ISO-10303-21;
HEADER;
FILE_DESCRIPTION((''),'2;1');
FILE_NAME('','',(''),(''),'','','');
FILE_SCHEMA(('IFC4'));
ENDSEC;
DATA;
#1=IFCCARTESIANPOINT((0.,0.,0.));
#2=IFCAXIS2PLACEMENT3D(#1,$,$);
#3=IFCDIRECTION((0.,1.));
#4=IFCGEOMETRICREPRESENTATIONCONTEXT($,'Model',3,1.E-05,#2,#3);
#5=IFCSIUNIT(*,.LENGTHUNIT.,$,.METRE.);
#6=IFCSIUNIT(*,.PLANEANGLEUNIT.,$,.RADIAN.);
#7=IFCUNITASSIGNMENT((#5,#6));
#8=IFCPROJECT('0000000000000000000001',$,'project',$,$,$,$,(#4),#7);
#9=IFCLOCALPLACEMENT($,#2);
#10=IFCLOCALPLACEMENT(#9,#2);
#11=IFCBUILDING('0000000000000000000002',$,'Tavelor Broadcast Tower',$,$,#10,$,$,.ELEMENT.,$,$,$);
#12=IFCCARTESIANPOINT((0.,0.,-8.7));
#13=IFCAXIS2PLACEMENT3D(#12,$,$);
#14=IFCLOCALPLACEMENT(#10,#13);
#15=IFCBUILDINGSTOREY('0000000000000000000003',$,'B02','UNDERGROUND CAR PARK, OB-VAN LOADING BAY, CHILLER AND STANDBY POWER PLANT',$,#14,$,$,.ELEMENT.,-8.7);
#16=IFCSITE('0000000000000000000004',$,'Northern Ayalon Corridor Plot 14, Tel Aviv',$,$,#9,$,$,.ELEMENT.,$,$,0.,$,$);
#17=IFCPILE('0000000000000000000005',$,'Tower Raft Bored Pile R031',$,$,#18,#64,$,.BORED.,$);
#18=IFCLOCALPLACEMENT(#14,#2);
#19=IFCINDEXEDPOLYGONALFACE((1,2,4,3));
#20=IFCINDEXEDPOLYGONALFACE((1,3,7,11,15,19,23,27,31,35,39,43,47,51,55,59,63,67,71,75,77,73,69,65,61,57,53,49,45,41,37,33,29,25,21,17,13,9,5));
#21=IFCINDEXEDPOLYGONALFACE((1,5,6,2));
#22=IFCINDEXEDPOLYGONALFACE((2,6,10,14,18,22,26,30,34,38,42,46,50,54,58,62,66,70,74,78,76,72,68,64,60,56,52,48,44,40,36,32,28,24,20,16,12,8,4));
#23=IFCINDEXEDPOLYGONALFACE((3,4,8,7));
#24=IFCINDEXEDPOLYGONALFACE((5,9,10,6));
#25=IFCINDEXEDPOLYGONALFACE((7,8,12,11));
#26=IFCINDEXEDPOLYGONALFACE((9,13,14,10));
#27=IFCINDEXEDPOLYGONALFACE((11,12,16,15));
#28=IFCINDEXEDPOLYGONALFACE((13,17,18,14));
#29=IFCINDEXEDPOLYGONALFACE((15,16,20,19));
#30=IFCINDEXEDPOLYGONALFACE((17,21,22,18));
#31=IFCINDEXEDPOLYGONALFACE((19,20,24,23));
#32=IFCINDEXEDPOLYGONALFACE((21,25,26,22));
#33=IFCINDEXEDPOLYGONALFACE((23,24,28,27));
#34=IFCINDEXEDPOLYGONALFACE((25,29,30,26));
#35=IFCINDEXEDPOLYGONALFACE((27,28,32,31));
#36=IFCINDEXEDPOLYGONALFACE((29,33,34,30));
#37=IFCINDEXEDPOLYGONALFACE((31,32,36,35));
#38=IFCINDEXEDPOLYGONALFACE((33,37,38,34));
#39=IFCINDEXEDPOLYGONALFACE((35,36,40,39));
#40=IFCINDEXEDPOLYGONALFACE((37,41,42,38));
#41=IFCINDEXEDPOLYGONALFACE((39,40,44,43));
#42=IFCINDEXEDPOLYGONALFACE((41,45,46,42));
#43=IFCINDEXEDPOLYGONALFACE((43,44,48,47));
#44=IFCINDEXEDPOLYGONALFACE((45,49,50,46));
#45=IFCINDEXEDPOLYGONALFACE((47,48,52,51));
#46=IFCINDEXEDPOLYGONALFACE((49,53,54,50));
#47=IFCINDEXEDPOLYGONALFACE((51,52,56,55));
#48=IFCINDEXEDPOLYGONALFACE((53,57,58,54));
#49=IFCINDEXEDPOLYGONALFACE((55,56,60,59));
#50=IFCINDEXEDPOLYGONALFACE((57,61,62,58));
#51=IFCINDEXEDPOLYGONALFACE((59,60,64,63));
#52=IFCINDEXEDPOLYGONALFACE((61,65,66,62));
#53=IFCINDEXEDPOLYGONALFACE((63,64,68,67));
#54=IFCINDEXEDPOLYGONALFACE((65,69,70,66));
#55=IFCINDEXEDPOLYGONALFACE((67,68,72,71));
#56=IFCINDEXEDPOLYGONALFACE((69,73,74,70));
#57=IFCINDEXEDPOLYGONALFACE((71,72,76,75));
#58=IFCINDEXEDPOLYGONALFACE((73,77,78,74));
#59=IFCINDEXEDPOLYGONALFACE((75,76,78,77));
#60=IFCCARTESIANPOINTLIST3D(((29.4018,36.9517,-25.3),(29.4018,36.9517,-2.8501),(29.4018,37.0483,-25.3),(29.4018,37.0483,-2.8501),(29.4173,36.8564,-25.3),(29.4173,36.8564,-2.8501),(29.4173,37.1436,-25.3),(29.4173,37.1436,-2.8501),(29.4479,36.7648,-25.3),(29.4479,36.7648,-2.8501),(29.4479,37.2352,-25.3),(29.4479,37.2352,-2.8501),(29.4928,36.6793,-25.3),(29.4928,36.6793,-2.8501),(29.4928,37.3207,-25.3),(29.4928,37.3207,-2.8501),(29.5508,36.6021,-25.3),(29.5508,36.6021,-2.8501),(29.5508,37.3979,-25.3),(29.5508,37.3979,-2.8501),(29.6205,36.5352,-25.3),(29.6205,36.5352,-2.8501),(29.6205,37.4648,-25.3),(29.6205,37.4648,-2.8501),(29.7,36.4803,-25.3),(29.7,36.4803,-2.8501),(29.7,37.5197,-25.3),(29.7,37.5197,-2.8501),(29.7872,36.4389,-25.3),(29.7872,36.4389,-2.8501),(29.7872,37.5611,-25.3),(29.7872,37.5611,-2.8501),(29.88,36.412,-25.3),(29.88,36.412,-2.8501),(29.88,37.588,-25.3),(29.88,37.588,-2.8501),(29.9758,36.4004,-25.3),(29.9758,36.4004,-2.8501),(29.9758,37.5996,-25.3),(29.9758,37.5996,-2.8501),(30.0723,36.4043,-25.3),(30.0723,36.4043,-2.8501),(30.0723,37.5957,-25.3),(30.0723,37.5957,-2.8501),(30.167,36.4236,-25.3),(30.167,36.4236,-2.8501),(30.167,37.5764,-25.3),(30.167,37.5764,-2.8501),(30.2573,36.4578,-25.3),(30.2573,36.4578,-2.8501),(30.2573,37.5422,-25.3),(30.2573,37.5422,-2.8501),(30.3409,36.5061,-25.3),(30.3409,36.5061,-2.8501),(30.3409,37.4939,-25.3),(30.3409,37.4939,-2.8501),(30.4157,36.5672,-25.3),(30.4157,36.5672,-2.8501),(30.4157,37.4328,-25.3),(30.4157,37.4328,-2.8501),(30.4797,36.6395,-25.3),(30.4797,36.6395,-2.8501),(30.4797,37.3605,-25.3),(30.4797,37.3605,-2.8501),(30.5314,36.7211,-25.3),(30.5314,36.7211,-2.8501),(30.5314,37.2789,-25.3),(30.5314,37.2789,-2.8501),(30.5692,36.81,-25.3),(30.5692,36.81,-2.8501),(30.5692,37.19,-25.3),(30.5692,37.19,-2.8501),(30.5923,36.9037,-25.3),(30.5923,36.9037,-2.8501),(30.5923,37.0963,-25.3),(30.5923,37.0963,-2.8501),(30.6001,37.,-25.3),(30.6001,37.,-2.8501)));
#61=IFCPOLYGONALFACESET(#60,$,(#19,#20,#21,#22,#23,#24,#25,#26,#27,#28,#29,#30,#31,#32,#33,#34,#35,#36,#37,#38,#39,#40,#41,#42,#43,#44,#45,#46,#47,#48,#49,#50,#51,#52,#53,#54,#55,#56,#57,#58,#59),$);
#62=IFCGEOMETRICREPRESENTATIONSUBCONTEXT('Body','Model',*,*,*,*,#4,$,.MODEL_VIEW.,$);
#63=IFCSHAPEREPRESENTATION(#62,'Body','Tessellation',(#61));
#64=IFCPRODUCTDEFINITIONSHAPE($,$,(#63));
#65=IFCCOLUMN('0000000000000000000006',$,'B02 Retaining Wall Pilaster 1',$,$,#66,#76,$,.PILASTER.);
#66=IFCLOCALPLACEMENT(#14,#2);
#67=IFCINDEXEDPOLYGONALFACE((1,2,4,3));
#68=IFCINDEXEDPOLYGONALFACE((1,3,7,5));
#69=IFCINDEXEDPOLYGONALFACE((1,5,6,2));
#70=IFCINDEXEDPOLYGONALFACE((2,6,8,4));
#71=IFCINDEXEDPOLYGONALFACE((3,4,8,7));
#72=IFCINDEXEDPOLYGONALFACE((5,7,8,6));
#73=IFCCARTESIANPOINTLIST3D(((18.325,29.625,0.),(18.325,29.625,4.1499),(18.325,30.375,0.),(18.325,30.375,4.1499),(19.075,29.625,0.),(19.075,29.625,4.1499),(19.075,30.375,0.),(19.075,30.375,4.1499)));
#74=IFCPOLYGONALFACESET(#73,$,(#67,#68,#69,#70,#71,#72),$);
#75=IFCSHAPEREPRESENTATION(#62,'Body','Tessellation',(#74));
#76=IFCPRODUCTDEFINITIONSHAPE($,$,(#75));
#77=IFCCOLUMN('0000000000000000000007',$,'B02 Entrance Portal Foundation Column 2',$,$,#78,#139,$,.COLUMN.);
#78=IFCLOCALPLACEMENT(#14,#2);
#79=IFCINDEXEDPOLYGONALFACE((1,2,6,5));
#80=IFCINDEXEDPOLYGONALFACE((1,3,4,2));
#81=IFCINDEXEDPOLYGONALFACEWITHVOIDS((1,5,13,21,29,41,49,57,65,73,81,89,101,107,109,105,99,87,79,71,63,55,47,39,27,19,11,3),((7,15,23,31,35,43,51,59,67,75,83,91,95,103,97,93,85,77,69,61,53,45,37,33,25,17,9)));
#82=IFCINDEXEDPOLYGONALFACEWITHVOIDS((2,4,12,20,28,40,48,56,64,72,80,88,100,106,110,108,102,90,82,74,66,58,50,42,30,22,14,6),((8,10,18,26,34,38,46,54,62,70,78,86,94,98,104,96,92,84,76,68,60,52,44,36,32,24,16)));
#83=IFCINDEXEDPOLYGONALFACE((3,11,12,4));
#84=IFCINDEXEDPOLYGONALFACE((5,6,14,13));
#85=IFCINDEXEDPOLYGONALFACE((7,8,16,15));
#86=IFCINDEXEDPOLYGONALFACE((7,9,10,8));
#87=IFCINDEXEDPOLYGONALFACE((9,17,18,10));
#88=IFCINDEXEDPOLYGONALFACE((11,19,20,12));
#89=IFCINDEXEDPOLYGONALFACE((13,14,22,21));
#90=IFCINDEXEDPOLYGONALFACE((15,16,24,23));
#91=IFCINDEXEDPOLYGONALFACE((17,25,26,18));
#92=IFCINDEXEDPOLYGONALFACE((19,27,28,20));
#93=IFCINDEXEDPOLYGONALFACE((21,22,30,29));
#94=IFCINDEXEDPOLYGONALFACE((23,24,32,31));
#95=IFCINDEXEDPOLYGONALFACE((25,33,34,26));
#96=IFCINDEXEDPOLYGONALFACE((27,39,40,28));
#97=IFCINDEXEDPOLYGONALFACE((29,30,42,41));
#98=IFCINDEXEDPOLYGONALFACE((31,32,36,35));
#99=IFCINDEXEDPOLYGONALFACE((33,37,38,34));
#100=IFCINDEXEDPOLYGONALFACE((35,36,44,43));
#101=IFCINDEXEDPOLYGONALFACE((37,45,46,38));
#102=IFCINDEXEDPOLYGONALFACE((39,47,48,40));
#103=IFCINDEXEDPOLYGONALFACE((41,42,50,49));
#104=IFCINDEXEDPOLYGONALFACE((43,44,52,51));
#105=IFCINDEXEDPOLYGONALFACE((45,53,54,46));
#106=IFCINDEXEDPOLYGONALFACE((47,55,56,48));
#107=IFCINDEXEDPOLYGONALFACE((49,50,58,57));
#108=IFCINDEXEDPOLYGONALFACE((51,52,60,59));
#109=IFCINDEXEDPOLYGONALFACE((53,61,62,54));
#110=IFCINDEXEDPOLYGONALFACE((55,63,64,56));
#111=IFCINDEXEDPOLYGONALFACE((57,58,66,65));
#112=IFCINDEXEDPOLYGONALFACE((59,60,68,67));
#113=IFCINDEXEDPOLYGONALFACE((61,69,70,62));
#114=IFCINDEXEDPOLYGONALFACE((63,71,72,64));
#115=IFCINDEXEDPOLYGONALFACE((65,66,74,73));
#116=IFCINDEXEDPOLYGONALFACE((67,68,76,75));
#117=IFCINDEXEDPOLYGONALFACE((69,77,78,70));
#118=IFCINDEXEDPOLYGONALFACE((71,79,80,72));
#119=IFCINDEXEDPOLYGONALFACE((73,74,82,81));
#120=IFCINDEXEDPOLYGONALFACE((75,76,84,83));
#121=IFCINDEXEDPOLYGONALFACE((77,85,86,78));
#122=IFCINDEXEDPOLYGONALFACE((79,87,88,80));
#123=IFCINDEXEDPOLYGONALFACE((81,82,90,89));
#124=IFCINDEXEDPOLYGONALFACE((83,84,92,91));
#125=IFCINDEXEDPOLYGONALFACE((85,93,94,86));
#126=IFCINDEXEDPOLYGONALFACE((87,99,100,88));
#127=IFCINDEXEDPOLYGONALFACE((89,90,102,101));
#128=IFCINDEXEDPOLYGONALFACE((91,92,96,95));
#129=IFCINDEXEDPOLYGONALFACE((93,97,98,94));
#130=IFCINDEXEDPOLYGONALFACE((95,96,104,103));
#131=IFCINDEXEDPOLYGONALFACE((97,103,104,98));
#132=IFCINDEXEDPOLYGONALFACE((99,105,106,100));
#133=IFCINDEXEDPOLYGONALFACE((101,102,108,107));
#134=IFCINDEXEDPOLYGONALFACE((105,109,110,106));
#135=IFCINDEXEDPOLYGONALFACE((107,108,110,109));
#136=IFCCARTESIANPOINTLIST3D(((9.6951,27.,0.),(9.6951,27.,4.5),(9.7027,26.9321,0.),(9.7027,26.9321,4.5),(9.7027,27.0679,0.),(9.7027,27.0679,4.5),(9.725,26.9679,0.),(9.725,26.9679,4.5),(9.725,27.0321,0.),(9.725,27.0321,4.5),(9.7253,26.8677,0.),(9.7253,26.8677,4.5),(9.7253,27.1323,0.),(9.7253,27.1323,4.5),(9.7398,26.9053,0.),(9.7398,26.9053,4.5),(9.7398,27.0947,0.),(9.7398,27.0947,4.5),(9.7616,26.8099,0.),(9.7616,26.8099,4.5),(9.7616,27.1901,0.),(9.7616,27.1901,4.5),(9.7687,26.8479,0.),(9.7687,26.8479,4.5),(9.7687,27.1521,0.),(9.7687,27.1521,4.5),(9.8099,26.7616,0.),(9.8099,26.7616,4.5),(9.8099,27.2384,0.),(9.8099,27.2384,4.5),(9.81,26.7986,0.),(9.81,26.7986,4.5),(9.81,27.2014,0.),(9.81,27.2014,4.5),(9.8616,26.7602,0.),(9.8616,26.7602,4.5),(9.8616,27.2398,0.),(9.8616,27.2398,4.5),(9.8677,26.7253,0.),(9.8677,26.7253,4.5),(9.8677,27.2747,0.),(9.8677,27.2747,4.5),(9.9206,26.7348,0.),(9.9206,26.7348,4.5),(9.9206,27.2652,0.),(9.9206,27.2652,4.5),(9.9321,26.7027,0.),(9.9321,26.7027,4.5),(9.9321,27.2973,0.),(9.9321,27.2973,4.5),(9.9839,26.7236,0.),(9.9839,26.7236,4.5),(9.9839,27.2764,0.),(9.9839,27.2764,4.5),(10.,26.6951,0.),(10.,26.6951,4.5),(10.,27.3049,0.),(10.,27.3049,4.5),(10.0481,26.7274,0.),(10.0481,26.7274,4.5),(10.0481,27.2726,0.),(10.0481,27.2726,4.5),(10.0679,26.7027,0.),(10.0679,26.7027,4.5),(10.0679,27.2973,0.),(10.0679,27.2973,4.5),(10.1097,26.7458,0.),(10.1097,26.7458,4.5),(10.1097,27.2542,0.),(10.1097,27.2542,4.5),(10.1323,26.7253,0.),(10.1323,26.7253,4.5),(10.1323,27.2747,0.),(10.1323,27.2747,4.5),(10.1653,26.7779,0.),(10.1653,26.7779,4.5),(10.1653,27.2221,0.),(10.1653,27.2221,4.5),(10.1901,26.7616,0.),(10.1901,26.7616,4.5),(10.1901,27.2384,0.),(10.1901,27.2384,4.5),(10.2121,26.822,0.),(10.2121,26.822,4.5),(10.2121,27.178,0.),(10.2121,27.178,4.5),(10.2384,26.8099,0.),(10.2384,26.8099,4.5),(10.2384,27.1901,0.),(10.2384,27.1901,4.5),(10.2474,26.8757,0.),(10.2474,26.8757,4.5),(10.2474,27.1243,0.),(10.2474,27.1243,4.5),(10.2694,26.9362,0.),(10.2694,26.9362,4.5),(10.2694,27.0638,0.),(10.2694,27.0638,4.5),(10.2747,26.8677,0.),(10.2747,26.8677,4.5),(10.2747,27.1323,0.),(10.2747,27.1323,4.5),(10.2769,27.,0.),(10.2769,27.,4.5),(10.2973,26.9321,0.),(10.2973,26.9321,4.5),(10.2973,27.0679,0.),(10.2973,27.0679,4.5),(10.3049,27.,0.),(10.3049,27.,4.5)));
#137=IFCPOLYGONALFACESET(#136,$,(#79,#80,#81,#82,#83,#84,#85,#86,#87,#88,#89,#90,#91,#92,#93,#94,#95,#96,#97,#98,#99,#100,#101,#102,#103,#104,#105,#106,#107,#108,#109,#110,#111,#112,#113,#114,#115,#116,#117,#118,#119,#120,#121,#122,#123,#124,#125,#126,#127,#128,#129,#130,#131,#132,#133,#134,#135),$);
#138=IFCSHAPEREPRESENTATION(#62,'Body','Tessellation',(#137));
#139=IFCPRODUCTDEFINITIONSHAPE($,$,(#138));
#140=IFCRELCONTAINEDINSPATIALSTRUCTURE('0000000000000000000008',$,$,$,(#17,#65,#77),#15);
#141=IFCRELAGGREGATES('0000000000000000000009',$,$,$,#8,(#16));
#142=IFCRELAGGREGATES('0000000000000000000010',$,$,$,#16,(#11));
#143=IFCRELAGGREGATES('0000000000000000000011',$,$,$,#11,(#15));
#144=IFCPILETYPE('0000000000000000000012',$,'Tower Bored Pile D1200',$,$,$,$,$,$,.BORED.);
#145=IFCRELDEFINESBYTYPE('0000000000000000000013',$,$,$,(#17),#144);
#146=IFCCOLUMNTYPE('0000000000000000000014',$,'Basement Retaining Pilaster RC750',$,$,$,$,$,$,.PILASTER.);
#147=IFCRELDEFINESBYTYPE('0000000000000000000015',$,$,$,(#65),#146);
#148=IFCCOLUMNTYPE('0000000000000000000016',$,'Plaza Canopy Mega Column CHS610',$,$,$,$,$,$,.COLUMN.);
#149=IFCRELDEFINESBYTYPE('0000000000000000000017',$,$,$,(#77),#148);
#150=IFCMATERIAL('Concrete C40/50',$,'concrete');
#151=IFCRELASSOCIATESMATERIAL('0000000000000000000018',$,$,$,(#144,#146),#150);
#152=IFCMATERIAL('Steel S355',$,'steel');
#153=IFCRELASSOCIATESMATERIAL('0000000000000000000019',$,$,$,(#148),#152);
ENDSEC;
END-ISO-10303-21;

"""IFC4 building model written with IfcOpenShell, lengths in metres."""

from ifc_helpers import new_model, si_unit, direction, frame, origin, origin_2d, place, context, subcontext, project, spatial, rectangle, circle, hollow_circle, extrude, material, material_profile, profile_set, type_object, element, save


model = new_model("IFC4")

# Units and contexts
model_context = context("Model", 3, precision=1e-05, world=origin(), true_north=direction((0.0, 1.0)))
body_context = subcontext(model_context, "Body", "Model", "MODEL_VIEW")
ifc_project = project(units=[si_unit("LENGTHUNIT", "METRE"), si_unit("PLANEANGLEUNIT", "RADIAN")], contexts=[model_context])

# Site, building, storey
site_placement = place(None, origin())
site = spatial("IfcSite", under=ifc_project, at=site_placement, Name="Northern Ayalon Corridor Plot 14, Tel Aviv", CompositionType="ELEMENT", RefElevation=0.0)
building_placement = place(site_placement, origin())
building = spatial("IfcBuilding", under=site, at=building_placement, Name="Tavelor Broadcast Tower", CompositionType="ELEMENT")
storey_placement = place(building_placement, frame((0.0, 0.0, -8.7)))
storey = spatial("IfcBuildingStorey", under=building, at=storey_placement, Name="B02", Description="UNDERGROUND CAR PARK, OB-VAN LOADING BAY, CHILLER AND STANDBY POWER PLANT", CompositionType="ELEMENT", Elevation=-8.7)

# Shared definitions
ifc_material_1 = material(Name="Concrete C40/50", Category="concrete")

# Pile
ifc_material_profile_1 = material_profile(ifc_material_1, circle(Radius=0.6001, at=origin_2d()), Name="PILE D1200")
ifc_profile_set_1 = profile_set([ifc_material_profile_1], Name="Concrete C40/50")
pile_type_1 = type_object("IfcPileType", Name="Tower Bored Pile D1200", PredefinedType="BORED", material=ifc_profile_set_1)
for number, where, z_axis, x_axis, name in (
    (1, (30.0, 37.0, -2.8501), (0.0, 0.0, -1.0), (1.0, 0.0, 0.0), "Tower Raft Bored Pile R031"),
):
    element("IfcPile", number, at=place(storey_placement, frame(where, z_axis=z_axis, x_axis=x_axis)), inside=storey, type_object=pile_type_1, Name=name, PredefinedType="BORED", context=body_context, shape_type="SweptSolid", body=[
        extrude(circle(Radius=0.6001, at=origin_2d()), origin(), (0.0, 0.0, 1.0), 22.45),
    ])

# Columns
ifc_material_profile_2 = material_profile(ifc_material_1, rectangle(XDim=0.75, YDim=0.75, at=origin_2d()), Name="RC 750x750")
ifc_profile_set_2 = profile_set([ifc_material_profile_2], Name="Concrete C40/50")
column_type_1 = type_object("IfcColumnType", Name="Basement Retaining Pilaster RC750", PredefinedType="PILASTER", material=ifc_profile_set_2)
column_1_placement = place(storey_placement, frame((18.7, 30.0, 0.0), z_axis=(0.0, 0.0, 1.0), x_axis=(1.0, 0.0, 0.0)))
element("IfcColumn", 2, at=column_1_placement, inside=storey, type_object=column_type_1, Name="B02 Retaining Wall Pilaster 1", PredefinedType="PILASTER", context=body_context, shape_type="SweptSolid", body=[
    extrude(rectangle(XDim=0.75, YDim=0.75, at=origin_2d()), origin(), (0.0, 0.0, 1.0), 4.1499),
])
ifc_material_2 = material(Name="Steel S355", Category="steel")
ifc_material_profile_3 = material_profile(ifc_material_2, hollow_circle(Radius=0.3049, WallThickness=0.0281, at=origin_2d()), Name="CHS 610x28")
ifc_profile_set_3 = profile_set([ifc_material_profile_3], Name="Steel S355")
column_type_2 = type_object("IfcColumnType", Name="Plaza Canopy Mega Column CHS610", PredefinedType="COLUMN", material=ifc_profile_set_3)
column_2_placement = place(storey_placement, frame((10.0, 27.0, 0.0), z_axis=(0.0, 0.0, 1.0), x_axis=(1.0, 0.0, 0.0)))
element("IfcColumn", 3, at=column_2_placement, inside=storey, type_object=column_type_2, Name="B02 Entrance Portal Foundation Column 2", PredefinedType="COLUMN", context=body_context, shape_type="SweptSolid", body=[
    extrude(hollow_circle(Radius=0.3049, WallThickness=0.0281, at=origin_2d()), origin(), (0.0, 0.0, 1.0), 4.5),
])

save(model, "model.ifc")
